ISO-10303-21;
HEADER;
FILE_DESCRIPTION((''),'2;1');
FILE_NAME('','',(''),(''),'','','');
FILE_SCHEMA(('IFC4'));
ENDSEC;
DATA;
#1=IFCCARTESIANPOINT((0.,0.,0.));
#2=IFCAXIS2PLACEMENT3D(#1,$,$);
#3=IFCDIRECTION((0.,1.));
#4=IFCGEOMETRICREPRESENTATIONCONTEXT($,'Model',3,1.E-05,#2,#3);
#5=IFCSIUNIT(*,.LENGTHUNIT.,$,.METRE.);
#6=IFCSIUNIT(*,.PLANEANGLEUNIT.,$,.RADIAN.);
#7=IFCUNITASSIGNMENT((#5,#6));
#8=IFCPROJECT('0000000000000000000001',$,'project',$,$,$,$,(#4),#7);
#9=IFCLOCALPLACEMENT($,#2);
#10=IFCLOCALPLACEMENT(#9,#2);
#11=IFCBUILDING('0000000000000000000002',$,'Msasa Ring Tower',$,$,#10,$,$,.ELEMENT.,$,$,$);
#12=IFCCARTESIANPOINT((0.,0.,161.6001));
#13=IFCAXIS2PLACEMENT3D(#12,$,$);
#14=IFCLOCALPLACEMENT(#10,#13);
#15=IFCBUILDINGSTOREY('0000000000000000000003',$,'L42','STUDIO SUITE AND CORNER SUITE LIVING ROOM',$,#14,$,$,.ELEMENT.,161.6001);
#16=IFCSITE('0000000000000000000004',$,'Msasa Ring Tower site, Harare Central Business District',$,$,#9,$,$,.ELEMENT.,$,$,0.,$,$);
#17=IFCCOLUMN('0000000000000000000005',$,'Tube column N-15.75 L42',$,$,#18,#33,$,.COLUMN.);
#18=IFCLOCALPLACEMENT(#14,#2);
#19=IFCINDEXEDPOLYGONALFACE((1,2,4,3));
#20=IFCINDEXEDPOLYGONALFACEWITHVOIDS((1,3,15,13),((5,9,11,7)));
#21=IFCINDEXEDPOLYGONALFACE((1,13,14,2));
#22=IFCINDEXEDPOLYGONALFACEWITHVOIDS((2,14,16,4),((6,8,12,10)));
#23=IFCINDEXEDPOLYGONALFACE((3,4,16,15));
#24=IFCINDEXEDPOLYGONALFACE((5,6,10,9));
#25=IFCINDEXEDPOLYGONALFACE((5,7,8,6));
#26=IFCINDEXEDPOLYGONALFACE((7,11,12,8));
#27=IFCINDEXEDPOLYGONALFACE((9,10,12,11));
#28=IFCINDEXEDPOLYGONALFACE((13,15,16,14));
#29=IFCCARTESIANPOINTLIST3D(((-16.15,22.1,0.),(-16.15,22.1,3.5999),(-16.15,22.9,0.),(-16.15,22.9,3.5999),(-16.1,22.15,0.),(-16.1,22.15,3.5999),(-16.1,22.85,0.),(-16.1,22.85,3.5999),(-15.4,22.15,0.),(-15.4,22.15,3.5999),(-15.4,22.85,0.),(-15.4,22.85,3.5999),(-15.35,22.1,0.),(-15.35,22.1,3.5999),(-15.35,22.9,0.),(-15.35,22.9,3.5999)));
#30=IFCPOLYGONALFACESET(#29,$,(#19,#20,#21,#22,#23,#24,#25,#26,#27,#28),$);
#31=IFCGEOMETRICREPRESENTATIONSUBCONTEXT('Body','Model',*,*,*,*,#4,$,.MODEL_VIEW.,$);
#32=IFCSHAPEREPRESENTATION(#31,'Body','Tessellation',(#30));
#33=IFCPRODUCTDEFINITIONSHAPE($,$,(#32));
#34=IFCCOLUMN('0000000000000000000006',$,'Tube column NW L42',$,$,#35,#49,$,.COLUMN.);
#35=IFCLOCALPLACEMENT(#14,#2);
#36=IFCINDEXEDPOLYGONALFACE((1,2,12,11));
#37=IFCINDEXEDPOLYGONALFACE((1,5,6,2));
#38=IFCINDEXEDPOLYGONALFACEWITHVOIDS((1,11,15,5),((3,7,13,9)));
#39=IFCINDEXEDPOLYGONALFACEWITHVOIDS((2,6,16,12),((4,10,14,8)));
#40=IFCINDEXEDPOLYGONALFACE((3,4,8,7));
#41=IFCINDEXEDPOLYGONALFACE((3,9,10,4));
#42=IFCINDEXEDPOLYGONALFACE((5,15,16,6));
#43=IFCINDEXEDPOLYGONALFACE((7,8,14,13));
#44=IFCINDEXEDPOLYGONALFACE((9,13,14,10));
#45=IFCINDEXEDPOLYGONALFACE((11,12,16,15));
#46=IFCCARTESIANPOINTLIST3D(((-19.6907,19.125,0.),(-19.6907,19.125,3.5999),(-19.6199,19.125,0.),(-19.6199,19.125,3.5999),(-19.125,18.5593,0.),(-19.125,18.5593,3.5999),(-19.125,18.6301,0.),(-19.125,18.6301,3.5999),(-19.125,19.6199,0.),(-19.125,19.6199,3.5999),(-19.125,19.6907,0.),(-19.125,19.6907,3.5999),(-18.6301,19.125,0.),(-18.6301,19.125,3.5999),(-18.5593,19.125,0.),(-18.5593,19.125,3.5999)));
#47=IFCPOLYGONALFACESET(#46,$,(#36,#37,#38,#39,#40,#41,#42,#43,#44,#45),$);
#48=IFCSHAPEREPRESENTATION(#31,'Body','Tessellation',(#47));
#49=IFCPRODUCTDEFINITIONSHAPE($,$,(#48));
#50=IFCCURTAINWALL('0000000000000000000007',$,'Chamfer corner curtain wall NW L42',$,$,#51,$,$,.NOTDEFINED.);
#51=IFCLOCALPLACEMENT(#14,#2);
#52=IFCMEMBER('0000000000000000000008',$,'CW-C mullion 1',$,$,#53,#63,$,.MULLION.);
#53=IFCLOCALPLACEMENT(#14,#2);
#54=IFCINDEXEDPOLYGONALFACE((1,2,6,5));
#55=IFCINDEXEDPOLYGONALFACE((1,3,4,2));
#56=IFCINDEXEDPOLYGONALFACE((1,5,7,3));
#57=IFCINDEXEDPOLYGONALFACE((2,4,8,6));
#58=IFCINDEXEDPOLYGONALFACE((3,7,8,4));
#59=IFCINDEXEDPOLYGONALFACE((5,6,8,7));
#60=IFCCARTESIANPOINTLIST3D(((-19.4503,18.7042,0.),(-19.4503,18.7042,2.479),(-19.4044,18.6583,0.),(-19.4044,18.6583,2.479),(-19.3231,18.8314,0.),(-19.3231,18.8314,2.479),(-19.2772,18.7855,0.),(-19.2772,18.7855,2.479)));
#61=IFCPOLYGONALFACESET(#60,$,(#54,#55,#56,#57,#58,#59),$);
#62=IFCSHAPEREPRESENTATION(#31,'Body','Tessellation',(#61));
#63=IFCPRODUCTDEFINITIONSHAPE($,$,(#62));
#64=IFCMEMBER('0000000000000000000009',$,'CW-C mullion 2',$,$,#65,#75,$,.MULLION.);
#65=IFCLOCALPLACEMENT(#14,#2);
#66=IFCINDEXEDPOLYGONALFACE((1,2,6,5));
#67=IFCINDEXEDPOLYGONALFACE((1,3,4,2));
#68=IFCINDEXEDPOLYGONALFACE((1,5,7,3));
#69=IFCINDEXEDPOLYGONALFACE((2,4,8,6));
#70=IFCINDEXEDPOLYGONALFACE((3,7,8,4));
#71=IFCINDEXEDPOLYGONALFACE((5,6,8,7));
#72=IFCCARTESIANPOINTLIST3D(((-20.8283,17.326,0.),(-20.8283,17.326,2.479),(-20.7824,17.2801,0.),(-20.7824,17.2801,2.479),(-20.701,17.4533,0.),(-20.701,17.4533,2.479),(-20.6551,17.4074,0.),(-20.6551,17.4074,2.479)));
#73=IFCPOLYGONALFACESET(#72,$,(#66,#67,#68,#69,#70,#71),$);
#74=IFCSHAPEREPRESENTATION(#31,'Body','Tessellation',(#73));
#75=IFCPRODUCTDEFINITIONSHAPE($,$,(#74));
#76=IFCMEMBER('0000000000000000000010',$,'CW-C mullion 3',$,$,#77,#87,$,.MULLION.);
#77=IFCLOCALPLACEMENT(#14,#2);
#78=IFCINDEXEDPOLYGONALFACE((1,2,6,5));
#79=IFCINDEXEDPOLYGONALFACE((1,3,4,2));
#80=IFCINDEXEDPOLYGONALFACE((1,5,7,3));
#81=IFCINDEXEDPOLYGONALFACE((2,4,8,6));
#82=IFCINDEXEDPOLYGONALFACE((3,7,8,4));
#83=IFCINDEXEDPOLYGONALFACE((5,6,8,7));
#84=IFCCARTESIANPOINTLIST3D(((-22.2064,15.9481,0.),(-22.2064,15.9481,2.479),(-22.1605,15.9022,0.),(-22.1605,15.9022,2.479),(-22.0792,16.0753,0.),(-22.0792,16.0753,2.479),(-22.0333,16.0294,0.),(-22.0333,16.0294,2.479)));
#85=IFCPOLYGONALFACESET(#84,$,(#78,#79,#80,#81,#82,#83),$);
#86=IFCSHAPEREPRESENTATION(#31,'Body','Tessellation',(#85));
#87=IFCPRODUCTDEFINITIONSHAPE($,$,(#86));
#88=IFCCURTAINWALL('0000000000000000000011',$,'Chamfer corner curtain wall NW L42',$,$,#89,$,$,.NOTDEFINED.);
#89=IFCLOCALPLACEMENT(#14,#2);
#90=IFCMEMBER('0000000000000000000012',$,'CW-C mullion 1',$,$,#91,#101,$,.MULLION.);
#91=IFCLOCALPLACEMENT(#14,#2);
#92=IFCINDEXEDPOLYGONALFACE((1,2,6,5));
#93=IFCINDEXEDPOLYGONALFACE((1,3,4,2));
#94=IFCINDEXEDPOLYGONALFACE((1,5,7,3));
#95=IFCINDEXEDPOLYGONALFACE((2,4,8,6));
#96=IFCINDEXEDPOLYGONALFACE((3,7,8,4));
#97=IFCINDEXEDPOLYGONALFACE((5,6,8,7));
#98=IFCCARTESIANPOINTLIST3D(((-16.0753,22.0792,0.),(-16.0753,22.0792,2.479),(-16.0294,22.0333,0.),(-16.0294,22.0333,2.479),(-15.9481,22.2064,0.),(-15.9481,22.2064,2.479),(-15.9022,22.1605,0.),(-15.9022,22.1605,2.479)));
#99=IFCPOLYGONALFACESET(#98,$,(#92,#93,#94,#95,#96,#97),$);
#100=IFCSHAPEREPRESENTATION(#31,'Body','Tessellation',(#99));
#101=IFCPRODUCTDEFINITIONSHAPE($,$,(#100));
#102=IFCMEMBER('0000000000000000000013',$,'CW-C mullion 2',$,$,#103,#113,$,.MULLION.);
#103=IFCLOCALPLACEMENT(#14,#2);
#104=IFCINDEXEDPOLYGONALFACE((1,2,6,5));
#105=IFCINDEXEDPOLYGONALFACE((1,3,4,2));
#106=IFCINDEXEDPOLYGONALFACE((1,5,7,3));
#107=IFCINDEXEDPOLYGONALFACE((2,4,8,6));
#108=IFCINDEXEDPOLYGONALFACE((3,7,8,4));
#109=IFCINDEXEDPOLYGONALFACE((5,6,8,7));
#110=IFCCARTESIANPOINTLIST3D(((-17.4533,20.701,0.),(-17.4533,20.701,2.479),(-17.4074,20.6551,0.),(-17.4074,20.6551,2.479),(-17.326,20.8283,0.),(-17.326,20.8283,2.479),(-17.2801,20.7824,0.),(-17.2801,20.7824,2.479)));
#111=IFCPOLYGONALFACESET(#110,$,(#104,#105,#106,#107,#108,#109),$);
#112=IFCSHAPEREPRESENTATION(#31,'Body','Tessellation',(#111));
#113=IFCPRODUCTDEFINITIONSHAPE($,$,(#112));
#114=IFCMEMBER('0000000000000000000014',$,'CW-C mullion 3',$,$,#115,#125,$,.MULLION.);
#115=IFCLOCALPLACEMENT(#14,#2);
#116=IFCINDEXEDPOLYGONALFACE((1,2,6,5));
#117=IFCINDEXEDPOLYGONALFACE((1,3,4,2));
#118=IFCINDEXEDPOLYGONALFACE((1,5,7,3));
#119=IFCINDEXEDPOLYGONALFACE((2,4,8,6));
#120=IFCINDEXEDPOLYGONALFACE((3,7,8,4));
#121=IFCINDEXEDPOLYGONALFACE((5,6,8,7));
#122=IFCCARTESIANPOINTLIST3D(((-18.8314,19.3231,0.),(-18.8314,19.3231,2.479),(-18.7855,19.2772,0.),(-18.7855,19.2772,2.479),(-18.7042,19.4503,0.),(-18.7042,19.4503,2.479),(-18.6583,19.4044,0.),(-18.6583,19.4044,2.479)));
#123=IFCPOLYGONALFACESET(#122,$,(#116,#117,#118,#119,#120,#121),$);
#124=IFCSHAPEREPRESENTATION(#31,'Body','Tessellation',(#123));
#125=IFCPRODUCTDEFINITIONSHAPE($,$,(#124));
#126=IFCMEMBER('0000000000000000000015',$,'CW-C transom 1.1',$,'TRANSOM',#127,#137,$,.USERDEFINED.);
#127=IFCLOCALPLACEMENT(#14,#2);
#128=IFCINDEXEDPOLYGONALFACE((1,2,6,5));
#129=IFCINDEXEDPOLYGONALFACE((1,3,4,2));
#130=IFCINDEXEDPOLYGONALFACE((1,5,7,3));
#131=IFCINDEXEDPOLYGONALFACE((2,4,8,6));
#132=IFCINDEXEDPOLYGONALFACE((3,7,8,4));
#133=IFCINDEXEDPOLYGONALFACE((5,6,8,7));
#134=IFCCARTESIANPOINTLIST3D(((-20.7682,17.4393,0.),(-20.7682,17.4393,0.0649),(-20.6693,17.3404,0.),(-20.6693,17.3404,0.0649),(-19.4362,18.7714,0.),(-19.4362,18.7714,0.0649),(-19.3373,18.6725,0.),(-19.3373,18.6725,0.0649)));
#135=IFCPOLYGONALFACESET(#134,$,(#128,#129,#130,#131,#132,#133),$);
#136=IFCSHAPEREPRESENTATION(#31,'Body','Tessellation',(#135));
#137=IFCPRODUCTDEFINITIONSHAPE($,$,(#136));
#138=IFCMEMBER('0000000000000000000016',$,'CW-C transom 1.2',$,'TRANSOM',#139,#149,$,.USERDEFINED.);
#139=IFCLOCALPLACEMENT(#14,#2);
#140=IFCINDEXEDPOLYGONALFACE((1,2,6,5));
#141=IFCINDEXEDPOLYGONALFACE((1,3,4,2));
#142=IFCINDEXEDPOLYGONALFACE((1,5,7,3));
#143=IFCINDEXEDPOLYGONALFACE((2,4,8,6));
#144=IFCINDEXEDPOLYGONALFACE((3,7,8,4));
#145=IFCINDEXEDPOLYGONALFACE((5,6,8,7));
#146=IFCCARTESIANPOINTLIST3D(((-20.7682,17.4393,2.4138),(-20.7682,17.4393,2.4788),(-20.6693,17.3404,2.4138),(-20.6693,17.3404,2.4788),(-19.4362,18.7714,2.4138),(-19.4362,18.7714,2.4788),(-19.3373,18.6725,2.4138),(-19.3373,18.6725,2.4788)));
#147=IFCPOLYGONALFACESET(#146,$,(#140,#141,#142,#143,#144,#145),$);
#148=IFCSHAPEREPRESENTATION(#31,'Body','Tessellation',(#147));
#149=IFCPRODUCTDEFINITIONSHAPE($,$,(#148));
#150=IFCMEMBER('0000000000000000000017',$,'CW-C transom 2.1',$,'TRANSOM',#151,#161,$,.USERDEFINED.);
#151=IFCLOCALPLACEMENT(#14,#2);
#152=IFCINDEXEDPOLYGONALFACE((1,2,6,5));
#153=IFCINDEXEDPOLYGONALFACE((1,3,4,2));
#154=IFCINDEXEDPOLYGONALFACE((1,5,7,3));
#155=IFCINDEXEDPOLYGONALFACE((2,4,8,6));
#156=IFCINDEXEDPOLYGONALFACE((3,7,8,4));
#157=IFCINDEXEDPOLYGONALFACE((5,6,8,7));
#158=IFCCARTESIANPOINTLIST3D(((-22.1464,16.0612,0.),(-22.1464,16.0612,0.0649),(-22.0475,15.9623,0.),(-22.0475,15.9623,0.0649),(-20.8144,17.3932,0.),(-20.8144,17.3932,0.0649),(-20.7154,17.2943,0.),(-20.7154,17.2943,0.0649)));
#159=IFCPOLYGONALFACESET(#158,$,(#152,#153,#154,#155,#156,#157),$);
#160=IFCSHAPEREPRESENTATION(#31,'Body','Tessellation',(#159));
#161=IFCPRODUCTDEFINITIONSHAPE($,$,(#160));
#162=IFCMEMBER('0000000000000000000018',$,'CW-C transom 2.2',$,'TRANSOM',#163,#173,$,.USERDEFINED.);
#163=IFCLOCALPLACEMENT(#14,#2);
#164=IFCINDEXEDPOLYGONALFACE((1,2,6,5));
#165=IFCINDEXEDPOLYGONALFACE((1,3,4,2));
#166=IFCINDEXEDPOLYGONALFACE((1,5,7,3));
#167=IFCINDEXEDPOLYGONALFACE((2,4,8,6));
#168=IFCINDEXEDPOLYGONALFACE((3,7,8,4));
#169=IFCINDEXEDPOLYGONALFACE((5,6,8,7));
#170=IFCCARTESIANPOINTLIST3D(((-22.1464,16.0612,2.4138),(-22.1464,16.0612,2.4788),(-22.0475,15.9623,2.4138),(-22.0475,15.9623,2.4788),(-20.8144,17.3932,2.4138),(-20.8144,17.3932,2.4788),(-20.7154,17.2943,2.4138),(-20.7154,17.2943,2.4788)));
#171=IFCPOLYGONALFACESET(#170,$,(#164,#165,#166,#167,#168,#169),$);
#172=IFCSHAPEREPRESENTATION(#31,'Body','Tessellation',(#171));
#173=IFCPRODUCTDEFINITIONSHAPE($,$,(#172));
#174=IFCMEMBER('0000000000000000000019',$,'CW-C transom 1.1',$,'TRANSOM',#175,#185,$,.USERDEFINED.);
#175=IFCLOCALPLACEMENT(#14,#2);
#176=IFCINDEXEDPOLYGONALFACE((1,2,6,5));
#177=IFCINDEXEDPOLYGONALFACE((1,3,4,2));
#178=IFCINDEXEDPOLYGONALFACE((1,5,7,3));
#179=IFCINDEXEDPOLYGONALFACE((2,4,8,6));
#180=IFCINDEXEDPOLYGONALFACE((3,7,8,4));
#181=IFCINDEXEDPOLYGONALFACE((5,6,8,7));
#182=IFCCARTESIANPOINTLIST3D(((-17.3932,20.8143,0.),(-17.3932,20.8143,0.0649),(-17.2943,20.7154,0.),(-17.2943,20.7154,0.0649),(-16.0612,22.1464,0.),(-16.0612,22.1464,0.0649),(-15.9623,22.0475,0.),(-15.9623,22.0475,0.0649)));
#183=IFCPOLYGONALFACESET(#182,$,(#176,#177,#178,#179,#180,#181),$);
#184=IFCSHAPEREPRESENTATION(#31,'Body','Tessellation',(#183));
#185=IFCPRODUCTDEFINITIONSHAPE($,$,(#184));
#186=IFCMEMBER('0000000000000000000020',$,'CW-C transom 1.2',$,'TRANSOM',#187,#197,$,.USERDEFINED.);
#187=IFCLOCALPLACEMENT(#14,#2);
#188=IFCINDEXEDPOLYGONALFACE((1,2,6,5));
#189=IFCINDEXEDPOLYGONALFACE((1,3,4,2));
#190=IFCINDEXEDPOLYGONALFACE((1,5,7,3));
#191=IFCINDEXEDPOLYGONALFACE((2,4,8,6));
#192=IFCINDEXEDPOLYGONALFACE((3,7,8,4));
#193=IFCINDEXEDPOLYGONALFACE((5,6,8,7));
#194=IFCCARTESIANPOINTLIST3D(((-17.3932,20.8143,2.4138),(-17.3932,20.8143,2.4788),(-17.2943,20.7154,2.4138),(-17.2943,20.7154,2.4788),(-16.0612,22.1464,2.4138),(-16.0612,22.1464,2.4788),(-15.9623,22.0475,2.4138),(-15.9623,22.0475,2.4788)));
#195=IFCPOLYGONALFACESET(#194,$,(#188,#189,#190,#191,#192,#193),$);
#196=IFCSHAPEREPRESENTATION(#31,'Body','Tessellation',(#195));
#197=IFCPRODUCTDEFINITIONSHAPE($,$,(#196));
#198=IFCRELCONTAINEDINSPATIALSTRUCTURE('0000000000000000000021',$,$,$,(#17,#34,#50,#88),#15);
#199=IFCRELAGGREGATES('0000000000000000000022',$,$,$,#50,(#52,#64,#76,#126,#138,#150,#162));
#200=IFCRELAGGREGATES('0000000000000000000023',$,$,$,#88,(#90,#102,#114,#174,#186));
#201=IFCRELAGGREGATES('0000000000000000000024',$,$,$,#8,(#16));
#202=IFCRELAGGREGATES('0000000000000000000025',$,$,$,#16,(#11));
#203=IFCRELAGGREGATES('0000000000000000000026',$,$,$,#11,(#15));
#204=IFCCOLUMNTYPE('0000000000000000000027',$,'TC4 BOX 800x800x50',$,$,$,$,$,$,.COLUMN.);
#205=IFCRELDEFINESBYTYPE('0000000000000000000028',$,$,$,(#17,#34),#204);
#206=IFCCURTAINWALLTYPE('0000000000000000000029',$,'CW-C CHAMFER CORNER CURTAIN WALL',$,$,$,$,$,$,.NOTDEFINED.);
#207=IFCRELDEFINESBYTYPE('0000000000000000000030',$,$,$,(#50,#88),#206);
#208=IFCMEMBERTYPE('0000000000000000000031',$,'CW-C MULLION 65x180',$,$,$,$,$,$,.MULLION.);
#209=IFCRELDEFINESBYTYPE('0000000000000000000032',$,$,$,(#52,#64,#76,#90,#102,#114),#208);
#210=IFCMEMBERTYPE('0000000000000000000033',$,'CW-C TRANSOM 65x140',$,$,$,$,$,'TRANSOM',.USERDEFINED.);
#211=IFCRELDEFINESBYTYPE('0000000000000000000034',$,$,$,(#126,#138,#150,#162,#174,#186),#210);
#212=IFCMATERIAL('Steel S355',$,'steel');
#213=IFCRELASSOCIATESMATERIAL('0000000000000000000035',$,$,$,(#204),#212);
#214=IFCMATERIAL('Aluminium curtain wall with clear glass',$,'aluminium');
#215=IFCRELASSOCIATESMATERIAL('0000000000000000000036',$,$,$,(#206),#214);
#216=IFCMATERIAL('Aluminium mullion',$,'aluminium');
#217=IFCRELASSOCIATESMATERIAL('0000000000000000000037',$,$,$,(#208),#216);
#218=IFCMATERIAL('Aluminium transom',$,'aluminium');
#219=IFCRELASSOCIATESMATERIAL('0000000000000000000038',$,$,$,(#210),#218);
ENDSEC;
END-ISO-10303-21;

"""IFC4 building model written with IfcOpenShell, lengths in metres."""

from ifc_helpers import new_model, si_unit, direction, frame, origin, origin_2d, place, context, subcontext, project, spatial, rectangle, hollow_rectangle, extrude, material, material_profile, profile_set, type_object, element, aggregate, save


model = new_model("IFC4")

# Units and contexts
model_context = context("Model", 3, precision=1e-05, world=origin(), true_north=direction((0.0, 1.0)))
body_context = subcontext(model_context, "Body", "Model", "MODEL_VIEW")
ifc_project = project(units=[si_unit("LENGTHUNIT", "METRE"), si_unit("PLANEANGLEUNIT", "RADIAN")], contexts=[model_context])

# Site, building, storey
site_placement = place(None, origin())
site = spatial("IfcSite", under=ifc_project, at=site_placement, Name="Msasa Ring Tower site, Harare Central Business District", CompositionType="ELEMENT", RefElevation=0.0)
building_placement = place(site_placement, origin())
building = spatial("IfcBuilding", under=site, at=building_placement, Name="Msasa Ring Tower", CompositionType="ELEMENT")
storey_placement = place(building_placement, frame((0.0, 0.0, 161.6001)))
storey = spatial("IfcBuildingStorey", under=building, at=storey_placement, Name="L42", Description="STUDIO SUITE AND CORNER SUITE LIVING ROOM", CompositionType="ELEMENT", Elevation=161.6001)

# Columns
ifc_material_1 = material(Name="Steel S355", Category="steel")
ifc_material_profile_1 = material_profile(ifc_material_1, hollow_rectangle(XDim=0.8, YDim=0.8, WallThickness=0.05, at=origin_2d()), Name="BOX 800x800x50")
ifc_profile_set_1 = profile_set([ifc_material_profile_1], Name="Steel S355")
column_type = type_object("IfcColumnType", Name="TC4 BOX 800x800x50", PredefinedType="COLUMN", material=ifc_profile_set_1)
for number, where, z_axis, x_axis, name in (
    (1, (-15.75, 22.5, 0.0), (0.0, 0.0, 1.0), (0.0, 1.0, 0.0), "Tube column N-15.75 L42"),
    (2, (-19.125, 19.125, 0.0), (0.0, 0.0, 1.0), (0.707107, -0.707107, 0.0), "Tube column NW L42"),
):
    element("IfcColumn", number, at=place(storey_placement, frame(where, z_axis=z_axis, x_axis=x_axis)), inside=storey, type_object=column_type, Name=name, PredefinedType="COLUMN", context=body_context, shape_type="SweptSolid", body=[
        extrude(hollow_rectangle(XDim=0.8, YDim=0.8, WallThickness=0.05, at=origin_2d()), origin(), (0.0, 0.0, 1.0), 3.5999),
    ])

# Curtain walls, members
ifc_material_2 = material(Name="Aluminium curtain wall with clear glass", Category="aluminium")
curtain_wall_type = type_object("IfcCurtainWallType", Name="CW-C CHAMFER CORNER CURTAIN WALL", PredefinedType="NOTDEFINED", material=ifc_material_2)
curtain_wall_1_placement = place(storey_placement, origin())
curtain_wall_1 = element("IfcCurtainWall", 3, at=curtain_wall_1_placement, inside=storey, type_object=curtain_wall_type, Name="Chamfer corner curtain wall NW L42", PredefinedType="NOTDEFINED")
ifc_material_3 = material(Name="Aluminium mullion", Category="aluminium")
ifc_material_profile_2 = material_profile(ifc_material_3, rectangle(XDim=0.0649, YDim=0.1799, at=origin_2d()), Name="AL 65x180")
ifc_profile_set_2 = profile_set([ifc_material_profile_2], Name="Aluminium mullion")
member_type_1 = type_object("IfcMemberType", Name="CW-C MULLION 65x180", PredefinedType="MULLION", material=ifc_profile_set_2)
member_1_placement = place(storey_placement, frame((-19.3638, 18.7449, 0.0), z_axis=(0.0, 0.0, 1.0), x_axis=(0.707107, -0.707107, 0.0)))
member_1 = element("IfcMember", 4, at=member_1_placement, type_object=member_type_1, Name="CW-C mullion 1", PredefinedType="MULLION", context=body_context, shape_type="SweptSolid", body=[
    extrude(rectangle(XDim=0.0649, YDim=0.1799, at=origin_2d()), origin(), (0.0, 0.0, 1.0), 2.479),
])
member_2_placement = place(storey_placement, frame((-20.7417, 17.3667, 0.0), z_axis=(0.0, 0.0, 1.0), x_axis=(0.707107, -0.707107, 0.0)))
member_2 = element("IfcMember", 5, at=member_2_placement, type_object=member_type_1, Name="CW-C mullion 2", PredefinedType="MULLION", context=body_context, shape_type="SweptSolid", body=[
    extrude(rectangle(XDim=0.0649, YDim=0.1799, at=origin_2d()), origin(), (0.0, 0.0, 1.0), 2.479),
])
member_3_placement = place(storey_placement, frame((-22.1199, 15.9888, 0.0), z_axis=(0.0, 0.0, 1.0), x_axis=(0.707107, -0.707107, 0.0)))
member_3 = element("IfcMember", 6, at=member_3_placement, type_object=member_type_1, Name="CW-C mullion 3", PredefinedType="MULLION", context=body_context, shape_type="SweptSolid", body=[
    extrude(rectangle(XDim=0.0649, YDim=0.1799, at=origin_2d()), origin(), (0.0, 0.0, 1.0), 2.479),
])
curtain_wall_2_placement = place(storey_placement, origin())
curtain_wall_2 = element("IfcCurtainWall", 7, at=curtain_wall_2_placement, inside=storey, type_object=curtain_wall_type, Name="Chamfer corner curtain wall NW L42", PredefinedType="NOTDEFINED")
member_4_placement = place(storey_placement, frame((-15.9888, 22.1199, 0.0), z_axis=(0.0, 0.0, 1.0), x_axis=(0.707107, -0.707107, 0.0)))
member_4 = element("IfcMember", 8, at=member_4_placement, type_object=member_type_1, Name="CW-C mullion 1", PredefinedType="MULLION", context=body_context, shape_type="SweptSolid", body=[
    extrude(rectangle(XDim=0.0649, YDim=0.1799, at=origin_2d()), origin(), (0.0, 0.0, 1.0), 2.479),
])
member_5_placement = place(storey_placement, frame((-17.3667, 20.7417, 0.0), z_axis=(0.0, 0.0, 1.0), x_axis=(0.707107, -0.707107, 0.0)))
member_5 = element("IfcMember", 9, at=member_5_placement, type_object=member_type_1, Name="CW-C mullion 2", PredefinedType="MULLION", context=body_context, shape_type="SweptSolid", body=[
    extrude(rectangle(XDim=0.0649, YDim=0.1799, at=origin_2d()), origin(), (0.0, 0.0, 1.0), 2.479),
])
member_6_placement = place(storey_placement, frame((-18.7449, 19.3638, 0.0), z_axis=(0.0, 0.0, 1.0), x_axis=(0.707107, -0.707107, 0.0)))
member_6 = element("IfcMember", 10, at=member_6_placement, type_object=member_type_1, Name="CW-C mullion 3", PredefinedType="MULLION", context=body_context, shape_type="SweptSolid", body=[
    extrude(rectangle(XDim=0.0649, YDim=0.1799, at=origin_2d()), origin(), (0.0, 0.0, 1.0), 2.479),
])

# Members
ifc_material_4 = material(Name="Aluminium transom", Category="aluminium")
ifc_material_profile_3 = material_profile(ifc_material_4, rectangle(XDim=0.1399, YDim=0.0649, at=origin_2d()), Name="AL 65x140")
ifc_profile_set_3 = profile_set([ifc_material_profile_3], Name="Aluminium transom")
member_type_2 = type_object("IfcMemberType", Name="CW-C TRANSOM 65x140", ElementType="TRANSOM", PredefinedType="USERDEFINED", material=ifc_profile_set_3)
member_7_placement = place(storey_placement, frame((-19.3867, 18.7219, 0.0325), z_axis=(-0.707107, -0.707107, 0.0), x_axis=(0.707107, -0.707107, 0.0)))
member_7 = element("IfcMember", 11, at=member_7_placement, type_object=member_type_2, Name="CW-C transom 1.1", ObjectType="TRANSOM", PredefinedType="USERDEFINED", context=body_context, shape_type="SweptSolid", body=[
    extrude(rectangle(XDim=0.1399, YDim=0.0649, at=origin_2d()), origin(), (0.0, 0.0, 1.0), 1.8838),
])
member_8_placement = place(storey_placement, frame((-19.3867, 18.7219, 2.4463), z_axis=(-0.707107, -0.707107, 0.0), x_axis=(0.707107, -0.707107, 0.0)))
member_8 = element("IfcMember", 12, at=member_8_placement, type_object=member_type_2, Name="CW-C transom 1.2", ObjectType="TRANSOM", PredefinedType="USERDEFINED", context=body_context, shape_type="SweptSolid", body=[
    extrude(rectangle(XDim=0.1399, YDim=0.0649, at=origin_2d()), origin(), (0.0, 0.0, 1.0), 1.8838),
])
member_9_placement = place(storey_placement, frame((-20.7649, 17.3438, 0.0325), z_axis=(-0.707107, -0.707107, 0.0), x_axis=(0.707107, -0.707107, 0.0)))
member_9 = element("IfcMember", 13, at=member_9_placement, type_object=member_type_2, Name="CW-C transom 2.1", ObjectType="TRANSOM", PredefinedType="USERDEFINED", context=body_context, shape_type="SweptSolid", body=[
    extrude(rectangle(XDim=0.1399, YDim=0.0649, at=origin_2d()), origin(), (0.0, 0.0, 1.0), 1.8838),
])
member_10_placement = place(storey_placement, frame((-20.7649, 17.3438, 2.4463), z_axis=(-0.707107, -0.707107, 0.0), x_axis=(0.707107, -0.707107, 0.0)))
member_10 = element("IfcMember", 14, at=member_10_placement, type_object=member_type_2, Name="CW-C transom 2.2", ObjectType="TRANSOM", PredefinedType="USERDEFINED", context=body_context, shape_type="SweptSolid", body=[
    extrude(rectangle(XDim=0.1399, YDim=0.0649, at=origin_2d()), origin(), (0.0, 0.0, 1.0), 1.8838),
])
member_11_placement = place(storey_placement, frame((-16.0117, 22.0969, 0.0325), z_axis=(-0.707107, -0.707107, 0.0), x_axis=(0.707107, -0.707107, 0.0)))
member_11 = element("IfcMember", 15, at=member_11_placement, type_object=member_type_2, Name="CW-C transom 1.1", ObjectType="TRANSOM", PredefinedType="USERDEFINED", context=body_context, shape_type="SweptSolid", body=[
    extrude(rectangle(XDim=0.1399, YDim=0.0649, at=origin_2d()), origin(), (0.0, 0.0, 1.0), 1.8838),
])
member_12_placement = place(storey_placement, frame((-16.0117, 22.0969, 2.4463), z_axis=(-0.707107, -0.707107, 0.0), x_axis=(0.707107, -0.707107, 0.0)))
member_12 = element("IfcMember", 16, at=member_12_placement, type_object=member_type_2, Name="CW-C transom 1.2", ObjectType="TRANSOM", PredefinedType="USERDEFINED", context=body_context, shape_type="SweptSolid", body=[
    extrude(rectangle(XDim=0.1399, YDim=0.0649, at=origin_2d()), origin(), (0.0, 0.0, 1.0), 1.8838),
])

aggregate(curtain_wall_1, [member_1, member_2, member_3, member_7, member_8, member_9, member_10])
aggregate(curtain_wall_2, [member_4, member_5, member_6, member_11, member_12])

save(model, "model.ifc")
